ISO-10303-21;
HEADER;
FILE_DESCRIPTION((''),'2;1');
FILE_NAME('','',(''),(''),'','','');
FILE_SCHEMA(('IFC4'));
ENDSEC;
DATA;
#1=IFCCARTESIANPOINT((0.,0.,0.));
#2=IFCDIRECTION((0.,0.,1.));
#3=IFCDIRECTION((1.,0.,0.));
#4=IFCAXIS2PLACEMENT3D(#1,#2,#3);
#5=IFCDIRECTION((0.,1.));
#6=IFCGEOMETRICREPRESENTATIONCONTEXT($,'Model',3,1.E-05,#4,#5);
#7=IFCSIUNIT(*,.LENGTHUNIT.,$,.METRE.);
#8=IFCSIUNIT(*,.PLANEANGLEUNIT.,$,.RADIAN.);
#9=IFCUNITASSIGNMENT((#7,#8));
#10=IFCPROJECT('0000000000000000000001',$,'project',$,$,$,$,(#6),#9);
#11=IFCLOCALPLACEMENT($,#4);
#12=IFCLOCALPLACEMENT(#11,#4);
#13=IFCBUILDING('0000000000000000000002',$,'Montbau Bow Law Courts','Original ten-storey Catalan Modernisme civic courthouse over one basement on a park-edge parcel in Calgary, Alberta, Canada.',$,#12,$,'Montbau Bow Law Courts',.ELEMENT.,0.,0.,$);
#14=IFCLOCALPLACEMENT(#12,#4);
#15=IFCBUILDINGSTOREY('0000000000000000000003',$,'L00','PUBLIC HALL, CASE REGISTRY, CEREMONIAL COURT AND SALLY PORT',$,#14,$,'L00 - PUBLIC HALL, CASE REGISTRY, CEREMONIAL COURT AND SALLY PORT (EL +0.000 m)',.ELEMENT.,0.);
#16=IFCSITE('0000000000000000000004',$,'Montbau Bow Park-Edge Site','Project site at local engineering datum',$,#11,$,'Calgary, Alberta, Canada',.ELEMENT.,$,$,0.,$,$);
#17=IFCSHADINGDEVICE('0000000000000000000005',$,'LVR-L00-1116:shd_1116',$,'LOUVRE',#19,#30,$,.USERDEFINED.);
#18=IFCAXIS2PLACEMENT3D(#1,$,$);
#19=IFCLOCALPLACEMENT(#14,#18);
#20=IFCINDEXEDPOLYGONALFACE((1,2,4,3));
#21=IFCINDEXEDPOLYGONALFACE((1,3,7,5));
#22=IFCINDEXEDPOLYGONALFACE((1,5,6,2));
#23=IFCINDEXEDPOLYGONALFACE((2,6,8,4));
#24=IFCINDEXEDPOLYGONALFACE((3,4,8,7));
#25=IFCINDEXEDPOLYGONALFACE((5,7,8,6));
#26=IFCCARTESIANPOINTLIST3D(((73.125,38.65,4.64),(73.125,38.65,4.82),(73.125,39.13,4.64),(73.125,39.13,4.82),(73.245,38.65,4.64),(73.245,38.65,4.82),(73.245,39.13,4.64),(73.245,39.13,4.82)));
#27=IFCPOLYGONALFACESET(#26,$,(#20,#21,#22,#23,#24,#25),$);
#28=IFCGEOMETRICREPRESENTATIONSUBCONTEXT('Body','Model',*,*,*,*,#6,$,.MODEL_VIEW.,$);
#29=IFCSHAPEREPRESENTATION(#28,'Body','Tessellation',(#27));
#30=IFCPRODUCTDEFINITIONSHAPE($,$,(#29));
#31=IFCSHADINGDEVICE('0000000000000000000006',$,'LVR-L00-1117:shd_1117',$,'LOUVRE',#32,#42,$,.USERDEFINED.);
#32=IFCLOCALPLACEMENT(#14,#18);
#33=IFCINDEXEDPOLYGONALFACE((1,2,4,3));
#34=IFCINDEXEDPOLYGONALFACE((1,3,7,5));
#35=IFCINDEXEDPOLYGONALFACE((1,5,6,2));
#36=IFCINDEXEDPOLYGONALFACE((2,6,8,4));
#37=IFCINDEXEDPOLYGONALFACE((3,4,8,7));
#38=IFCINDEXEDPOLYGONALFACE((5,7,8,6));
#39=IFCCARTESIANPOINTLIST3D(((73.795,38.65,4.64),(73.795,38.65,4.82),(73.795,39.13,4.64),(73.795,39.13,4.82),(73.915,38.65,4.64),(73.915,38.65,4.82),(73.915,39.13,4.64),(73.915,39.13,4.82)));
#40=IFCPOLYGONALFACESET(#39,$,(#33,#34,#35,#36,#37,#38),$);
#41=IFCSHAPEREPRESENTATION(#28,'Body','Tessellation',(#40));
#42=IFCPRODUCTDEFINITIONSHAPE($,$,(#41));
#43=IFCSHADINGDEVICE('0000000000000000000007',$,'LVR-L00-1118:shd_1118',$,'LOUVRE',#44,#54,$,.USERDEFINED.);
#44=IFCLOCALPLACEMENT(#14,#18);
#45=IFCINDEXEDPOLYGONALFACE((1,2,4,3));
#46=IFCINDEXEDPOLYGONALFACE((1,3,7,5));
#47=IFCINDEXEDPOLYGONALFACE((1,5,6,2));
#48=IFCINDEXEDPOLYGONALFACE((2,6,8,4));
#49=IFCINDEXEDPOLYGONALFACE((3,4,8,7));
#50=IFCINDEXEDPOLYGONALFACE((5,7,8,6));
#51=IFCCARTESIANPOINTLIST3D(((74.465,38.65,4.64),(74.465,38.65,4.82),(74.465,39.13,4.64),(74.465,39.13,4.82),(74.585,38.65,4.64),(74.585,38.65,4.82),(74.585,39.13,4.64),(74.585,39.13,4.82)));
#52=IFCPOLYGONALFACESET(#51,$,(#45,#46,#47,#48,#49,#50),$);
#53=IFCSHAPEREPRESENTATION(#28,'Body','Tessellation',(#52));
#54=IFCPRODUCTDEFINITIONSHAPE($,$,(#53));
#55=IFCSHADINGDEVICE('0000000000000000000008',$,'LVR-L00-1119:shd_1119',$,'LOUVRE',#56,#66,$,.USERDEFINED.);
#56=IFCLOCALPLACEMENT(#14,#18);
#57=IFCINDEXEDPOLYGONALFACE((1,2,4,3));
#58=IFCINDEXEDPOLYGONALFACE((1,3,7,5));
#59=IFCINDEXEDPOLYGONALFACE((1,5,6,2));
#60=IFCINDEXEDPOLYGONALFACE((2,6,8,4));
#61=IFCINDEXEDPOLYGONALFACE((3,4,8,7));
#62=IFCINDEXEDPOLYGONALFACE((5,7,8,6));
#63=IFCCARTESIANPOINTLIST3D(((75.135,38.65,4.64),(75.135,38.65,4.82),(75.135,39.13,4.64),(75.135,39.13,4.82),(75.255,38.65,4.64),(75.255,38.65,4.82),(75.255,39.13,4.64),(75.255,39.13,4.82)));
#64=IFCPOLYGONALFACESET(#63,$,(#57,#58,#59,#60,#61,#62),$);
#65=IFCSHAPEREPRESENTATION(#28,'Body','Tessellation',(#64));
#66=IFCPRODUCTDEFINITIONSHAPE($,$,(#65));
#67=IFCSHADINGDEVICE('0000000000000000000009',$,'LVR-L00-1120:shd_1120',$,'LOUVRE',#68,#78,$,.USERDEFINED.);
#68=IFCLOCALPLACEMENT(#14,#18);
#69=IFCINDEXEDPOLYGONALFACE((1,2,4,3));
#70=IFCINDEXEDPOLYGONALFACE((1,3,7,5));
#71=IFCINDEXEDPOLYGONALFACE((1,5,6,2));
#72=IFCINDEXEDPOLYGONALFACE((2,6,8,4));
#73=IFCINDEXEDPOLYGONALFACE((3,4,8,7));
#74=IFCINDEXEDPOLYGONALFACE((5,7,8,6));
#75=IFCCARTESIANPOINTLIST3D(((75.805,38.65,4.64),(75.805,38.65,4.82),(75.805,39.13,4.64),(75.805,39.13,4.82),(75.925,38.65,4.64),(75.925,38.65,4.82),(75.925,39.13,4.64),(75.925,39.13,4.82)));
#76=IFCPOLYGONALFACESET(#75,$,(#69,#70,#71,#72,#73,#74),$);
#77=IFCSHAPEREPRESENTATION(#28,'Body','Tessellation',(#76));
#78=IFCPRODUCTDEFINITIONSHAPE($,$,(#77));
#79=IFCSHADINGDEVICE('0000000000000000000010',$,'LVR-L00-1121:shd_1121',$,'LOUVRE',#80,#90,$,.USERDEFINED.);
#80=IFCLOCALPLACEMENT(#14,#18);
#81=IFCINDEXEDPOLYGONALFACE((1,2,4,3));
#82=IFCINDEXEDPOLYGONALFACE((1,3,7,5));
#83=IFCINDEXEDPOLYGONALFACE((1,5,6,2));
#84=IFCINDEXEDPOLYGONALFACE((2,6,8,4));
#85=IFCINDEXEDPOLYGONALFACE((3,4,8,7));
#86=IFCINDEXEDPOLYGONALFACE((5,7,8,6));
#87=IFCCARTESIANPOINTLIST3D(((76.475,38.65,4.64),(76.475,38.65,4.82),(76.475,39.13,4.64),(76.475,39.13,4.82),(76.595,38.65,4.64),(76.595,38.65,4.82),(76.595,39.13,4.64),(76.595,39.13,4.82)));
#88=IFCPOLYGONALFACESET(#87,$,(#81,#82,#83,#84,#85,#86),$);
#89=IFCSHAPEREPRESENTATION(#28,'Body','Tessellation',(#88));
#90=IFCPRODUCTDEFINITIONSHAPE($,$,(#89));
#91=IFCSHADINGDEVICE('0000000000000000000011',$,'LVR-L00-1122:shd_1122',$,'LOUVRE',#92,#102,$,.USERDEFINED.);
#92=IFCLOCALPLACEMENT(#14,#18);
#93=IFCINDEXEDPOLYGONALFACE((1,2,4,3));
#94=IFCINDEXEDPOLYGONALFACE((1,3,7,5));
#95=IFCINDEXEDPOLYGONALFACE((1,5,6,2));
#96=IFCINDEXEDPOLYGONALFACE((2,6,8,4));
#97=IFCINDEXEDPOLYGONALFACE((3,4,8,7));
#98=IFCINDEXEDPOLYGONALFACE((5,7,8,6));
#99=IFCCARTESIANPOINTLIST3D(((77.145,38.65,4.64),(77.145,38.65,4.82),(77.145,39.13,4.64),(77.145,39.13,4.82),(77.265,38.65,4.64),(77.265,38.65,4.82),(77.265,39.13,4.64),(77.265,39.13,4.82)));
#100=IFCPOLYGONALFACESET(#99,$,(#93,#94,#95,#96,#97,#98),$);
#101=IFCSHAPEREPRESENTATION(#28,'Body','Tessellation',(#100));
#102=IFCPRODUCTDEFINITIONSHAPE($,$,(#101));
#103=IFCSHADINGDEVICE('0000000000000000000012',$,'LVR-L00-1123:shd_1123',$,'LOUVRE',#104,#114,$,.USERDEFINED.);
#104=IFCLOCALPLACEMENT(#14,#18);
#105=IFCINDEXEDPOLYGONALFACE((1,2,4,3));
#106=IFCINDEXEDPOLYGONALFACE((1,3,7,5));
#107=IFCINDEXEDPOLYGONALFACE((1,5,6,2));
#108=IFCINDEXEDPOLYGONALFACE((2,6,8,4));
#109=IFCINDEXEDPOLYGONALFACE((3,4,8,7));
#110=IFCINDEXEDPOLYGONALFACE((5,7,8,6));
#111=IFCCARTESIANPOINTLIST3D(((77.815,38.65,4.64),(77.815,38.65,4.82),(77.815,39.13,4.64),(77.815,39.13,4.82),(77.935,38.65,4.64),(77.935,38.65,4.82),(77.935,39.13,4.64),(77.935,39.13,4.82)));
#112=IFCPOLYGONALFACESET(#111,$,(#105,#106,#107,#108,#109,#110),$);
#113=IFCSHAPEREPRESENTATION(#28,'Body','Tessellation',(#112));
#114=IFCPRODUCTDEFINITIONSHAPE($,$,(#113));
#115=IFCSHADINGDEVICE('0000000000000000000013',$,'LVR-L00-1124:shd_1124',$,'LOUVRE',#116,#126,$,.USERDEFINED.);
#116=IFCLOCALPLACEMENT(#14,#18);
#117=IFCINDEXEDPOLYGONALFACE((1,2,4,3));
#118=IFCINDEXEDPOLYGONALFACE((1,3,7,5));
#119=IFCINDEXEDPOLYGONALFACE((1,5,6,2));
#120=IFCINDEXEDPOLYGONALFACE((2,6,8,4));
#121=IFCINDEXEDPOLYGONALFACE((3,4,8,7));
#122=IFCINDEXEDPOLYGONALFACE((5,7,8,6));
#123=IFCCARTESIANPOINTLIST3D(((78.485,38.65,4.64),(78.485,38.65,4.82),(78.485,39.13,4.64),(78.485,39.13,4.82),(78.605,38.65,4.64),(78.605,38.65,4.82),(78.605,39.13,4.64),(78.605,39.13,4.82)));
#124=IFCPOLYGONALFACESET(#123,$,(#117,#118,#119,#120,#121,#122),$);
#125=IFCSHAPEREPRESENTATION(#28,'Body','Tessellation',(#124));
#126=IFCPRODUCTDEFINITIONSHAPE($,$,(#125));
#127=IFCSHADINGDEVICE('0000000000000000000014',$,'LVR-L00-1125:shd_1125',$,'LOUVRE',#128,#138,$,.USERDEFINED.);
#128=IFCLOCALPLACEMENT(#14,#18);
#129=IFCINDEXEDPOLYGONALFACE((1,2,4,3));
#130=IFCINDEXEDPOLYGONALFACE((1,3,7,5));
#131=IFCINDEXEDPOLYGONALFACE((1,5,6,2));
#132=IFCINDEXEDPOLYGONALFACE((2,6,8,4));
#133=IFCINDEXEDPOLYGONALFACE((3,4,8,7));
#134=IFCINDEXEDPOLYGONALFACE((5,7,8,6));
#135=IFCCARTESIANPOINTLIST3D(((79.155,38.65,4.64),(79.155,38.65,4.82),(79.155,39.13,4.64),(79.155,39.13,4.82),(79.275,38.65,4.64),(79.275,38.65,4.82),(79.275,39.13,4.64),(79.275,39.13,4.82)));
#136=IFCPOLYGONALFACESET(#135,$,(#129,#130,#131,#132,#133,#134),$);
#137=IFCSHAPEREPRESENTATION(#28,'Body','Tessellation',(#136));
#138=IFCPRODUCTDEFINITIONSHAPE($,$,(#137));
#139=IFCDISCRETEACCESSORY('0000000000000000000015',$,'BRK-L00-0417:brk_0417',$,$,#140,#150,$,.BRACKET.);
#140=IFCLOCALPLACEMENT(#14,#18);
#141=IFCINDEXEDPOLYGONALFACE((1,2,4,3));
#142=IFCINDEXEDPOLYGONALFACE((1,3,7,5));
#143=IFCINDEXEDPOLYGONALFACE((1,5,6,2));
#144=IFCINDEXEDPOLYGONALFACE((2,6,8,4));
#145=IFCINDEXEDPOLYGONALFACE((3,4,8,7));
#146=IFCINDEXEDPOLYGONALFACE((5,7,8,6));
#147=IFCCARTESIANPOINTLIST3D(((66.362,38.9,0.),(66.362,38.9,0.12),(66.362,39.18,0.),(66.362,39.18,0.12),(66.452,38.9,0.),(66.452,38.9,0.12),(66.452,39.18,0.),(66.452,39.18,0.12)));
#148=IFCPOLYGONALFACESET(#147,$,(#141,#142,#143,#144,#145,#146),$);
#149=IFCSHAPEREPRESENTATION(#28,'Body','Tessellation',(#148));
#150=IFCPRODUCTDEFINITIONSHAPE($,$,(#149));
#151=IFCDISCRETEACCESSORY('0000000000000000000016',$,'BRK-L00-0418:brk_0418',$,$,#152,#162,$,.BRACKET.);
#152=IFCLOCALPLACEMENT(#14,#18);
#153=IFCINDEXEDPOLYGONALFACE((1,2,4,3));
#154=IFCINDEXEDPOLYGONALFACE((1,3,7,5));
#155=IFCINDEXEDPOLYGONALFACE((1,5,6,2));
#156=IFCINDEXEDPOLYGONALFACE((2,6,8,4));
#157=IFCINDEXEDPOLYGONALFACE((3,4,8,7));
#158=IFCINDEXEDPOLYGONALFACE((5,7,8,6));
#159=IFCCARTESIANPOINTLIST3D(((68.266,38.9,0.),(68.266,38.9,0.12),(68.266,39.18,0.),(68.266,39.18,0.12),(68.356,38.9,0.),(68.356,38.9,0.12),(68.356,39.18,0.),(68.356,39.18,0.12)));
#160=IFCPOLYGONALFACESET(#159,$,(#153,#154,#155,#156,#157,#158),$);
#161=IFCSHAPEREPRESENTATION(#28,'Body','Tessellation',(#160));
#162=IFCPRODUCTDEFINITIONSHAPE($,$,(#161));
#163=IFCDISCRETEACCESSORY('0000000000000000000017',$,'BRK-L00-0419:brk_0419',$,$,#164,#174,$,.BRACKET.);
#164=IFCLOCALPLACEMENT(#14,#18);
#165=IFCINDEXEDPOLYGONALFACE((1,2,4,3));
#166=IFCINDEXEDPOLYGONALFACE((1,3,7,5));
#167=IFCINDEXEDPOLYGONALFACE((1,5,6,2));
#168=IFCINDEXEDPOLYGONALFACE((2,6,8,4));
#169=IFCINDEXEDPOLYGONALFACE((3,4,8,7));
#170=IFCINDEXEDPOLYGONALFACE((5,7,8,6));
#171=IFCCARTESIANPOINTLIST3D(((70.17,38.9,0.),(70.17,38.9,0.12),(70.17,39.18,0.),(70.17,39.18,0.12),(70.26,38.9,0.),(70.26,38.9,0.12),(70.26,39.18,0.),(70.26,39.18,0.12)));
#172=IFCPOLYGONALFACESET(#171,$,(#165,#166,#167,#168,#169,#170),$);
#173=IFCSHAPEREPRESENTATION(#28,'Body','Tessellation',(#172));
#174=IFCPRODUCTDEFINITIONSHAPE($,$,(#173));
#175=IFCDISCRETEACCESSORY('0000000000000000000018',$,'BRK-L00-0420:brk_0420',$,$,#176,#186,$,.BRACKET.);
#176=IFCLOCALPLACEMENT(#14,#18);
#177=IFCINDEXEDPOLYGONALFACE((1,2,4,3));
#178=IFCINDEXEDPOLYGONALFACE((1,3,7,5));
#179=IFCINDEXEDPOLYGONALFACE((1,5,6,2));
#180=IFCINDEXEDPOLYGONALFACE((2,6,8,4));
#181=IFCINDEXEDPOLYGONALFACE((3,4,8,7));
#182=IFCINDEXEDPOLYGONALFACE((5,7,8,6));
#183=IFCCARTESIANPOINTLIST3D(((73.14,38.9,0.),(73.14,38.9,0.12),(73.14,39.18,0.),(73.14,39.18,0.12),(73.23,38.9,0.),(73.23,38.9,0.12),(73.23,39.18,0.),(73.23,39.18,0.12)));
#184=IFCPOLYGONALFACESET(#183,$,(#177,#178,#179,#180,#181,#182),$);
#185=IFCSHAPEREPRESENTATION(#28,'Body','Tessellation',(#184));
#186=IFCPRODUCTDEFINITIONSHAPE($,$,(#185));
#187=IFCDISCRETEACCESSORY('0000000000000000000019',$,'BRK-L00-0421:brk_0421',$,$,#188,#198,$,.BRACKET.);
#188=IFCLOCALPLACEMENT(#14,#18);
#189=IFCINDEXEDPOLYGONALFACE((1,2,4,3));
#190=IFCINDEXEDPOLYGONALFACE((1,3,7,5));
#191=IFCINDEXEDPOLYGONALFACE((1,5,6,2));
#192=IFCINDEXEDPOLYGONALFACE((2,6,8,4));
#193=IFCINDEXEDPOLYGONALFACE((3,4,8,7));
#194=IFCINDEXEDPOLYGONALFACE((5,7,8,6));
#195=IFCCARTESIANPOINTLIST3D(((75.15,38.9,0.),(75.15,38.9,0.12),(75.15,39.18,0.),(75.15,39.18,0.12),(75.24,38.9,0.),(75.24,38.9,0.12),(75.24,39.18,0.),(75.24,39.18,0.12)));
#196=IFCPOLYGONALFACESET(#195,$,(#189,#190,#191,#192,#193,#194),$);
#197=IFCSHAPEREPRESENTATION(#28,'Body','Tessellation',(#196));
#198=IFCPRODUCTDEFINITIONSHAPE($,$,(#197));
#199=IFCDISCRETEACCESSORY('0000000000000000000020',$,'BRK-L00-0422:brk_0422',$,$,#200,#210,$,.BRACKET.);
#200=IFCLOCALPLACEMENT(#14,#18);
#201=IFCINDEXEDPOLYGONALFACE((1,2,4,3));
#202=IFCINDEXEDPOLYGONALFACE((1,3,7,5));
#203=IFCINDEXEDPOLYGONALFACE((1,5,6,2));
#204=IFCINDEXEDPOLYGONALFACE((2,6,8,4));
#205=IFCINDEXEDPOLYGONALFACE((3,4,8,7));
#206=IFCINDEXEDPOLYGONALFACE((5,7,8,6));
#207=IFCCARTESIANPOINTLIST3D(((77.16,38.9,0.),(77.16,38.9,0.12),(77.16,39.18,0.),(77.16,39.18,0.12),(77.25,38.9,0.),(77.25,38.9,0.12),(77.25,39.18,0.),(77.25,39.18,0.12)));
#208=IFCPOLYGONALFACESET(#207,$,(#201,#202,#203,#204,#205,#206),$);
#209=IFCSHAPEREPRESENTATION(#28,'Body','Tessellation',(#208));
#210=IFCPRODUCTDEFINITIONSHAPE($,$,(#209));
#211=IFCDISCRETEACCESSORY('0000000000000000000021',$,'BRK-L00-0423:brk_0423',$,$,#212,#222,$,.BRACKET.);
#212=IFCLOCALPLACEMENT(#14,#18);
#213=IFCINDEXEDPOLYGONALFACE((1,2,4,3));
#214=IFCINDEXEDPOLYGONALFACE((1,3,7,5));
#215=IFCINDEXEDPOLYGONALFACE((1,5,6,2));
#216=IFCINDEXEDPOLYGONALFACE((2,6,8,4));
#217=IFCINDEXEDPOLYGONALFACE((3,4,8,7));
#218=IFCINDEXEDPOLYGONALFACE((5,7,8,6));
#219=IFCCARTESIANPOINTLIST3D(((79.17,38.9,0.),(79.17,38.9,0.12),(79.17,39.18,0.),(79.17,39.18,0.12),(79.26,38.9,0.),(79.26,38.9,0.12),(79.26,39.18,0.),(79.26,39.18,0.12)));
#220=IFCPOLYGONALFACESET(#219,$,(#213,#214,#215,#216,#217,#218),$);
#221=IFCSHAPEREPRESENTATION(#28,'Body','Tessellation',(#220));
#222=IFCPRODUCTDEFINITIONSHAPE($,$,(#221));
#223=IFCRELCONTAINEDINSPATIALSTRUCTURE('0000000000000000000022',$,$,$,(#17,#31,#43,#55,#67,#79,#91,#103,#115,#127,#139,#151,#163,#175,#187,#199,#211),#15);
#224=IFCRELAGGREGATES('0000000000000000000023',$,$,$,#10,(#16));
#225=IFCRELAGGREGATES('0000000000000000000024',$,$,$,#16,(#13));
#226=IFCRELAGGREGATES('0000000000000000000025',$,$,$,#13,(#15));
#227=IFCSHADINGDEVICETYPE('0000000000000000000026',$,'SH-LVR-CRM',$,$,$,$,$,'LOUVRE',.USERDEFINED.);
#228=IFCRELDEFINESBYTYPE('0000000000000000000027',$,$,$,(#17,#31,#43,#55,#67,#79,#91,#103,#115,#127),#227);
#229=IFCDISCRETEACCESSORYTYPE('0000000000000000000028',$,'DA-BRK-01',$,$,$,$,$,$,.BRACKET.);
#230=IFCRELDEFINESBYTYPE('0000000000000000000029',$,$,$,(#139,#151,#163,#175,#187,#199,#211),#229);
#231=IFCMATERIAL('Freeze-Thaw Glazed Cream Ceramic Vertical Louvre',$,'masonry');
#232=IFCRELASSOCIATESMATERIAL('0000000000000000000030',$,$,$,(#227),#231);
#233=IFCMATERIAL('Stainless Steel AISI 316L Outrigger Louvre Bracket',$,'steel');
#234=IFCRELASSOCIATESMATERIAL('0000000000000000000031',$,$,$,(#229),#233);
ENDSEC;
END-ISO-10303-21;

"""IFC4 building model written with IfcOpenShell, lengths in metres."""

from ifc_helpers import new_model, si_unit, direction, frame, origin_with_axes, origin_2d_with_axis, place, context, subcontext, project, spatial, rectangle, extrude, material, type_object, element, save


model = new_model("IFC4")

# Units and contexts
model_context = context("Model", 3, precision=1e-05, world=origin_with_axes(), true_north=direction((0.0, 1.0)))
body_context = subcontext(model_context, "Body", "Model", "MODEL_VIEW")
ifc_project = project(units=[si_unit("LENGTHUNIT", "METRE"), si_unit("PLANEANGLEUNIT", "RADIAN")], contexts=[model_context])

# Site, building, storey
site_placement = place(None, origin_with_axes())
site = spatial("IfcSite", under=ifc_project, at=site_placement, Name="Montbau Bow Park-Edge Site", Description="Project site at local engineering datum", LongName="Calgary, Alberta, Canada", CompositionType="ELEMENT", RefElevation=0.0)
building_placement = place(site_placement, origin_with_axes())
building = spatial("IfcBuilding", under=site, at=building_placement, Name="Montbau Bow Law Courts", Description="Original ten-storey Catalan Modernisme civic courthouse over one basement on a park-edge parcel in Calgary, Alberta, Canada.", LongName="Montbau Bow Law Courts", CompositionType="ELEMENT", ElevationOfRefHeight=0.0, ElevationOfTerrain=0.0)
storey_placement = place(building_placement, origin_with_axes())
storey = spatial("IfcBuildingStorey", under=building, at=storey_placement, Name="L00", Description="PUBLIC HALL, CASE REGISTRY, CEREMONIAL COURT AND SALLY PORT", LongName="L00 - PUBLIC HALL, CASE REGISTRY, CEREMONIAL COURT AND SALLY PORT (EL +0.000 m)", CompositionType="ELEMENT", Elevation=0.0)

# Shading devices
ifc_material_1 = material(Name="Freeze-Thaw Glazed Cream Ceramic Vertical Louvre", Category="masonry")
shading_device_type = type_object("IfcShadingDeviceType", Name="SH-LVR-CRM", ElementType="LOUVRE", PredefinedType="USERDEFINED", material=ifc_material_1)
for number, where, z_axis, x_axis, name in (
    (1, (73.185, 38.89, 4.64), (0.0, 0.0, 1.0), (0.0, -1.0, 0.0), "LVR-L00-1116:shd_1116"),
    (2, (73.855, 38.89, 4.64), (0.0, 0.0, 1.0), (0.0, -1.0, 0.0), "LVR-L00-1117:shd_1117"),
    (3, (74.525, 38.89, 4.64), (0.0, 0.0, 1.0), (0.0, -1.0, 0.0), "LVR-L00-1118:shd_1118"),
    (4, (75.195, 38.89, 4.64), (0.0, 0.0, 1.0), (0.0, -1.0, 0.0), "LVR-L00-1119:shd_1119"),
    (5, (75.865, 38.89, 4.64), (0.0, 0.0, 1.0), (0.0, -1.0, 0.0), "LVR-L00-1120:shd_1120"),
    (6, (76.535, 38.89, 4.64), (0.0, 0.0, 1.0), (0.0, -1.0, 0.0), "LVR-L00-1121:shd_1121"),
    (7, (77.205, 38.89, 4.64), (0.0, 0.0, 1.0), (0.0, -1.0, 0.0), "LVR-L00-1122:shd_1122"),
    (8, (77.875, 38.89, 4.64), (0.0, 0.0, 1.0), (0.0, -1.0, 0.0), "LVR-L00-1123:shd_1123"),
    (9, (78.545, 38.89, 4.64), (0.0, 0.0, 1.0), (0.0, -1.0, 0.0), "LVR-L00-1124:shd_1124"),
    (10, (79.215, 38.89, 4.64), (0.0, 0.0, 1.0), (0.0, -1.0, 0.0), "LVR-L00-1125:shd_1125"),
):
    element("IfcShadingDevice", number, at=place(None, frame(where, z_axis=z_axis, x_axis=x_axis)), inside=storey, type_object=shading_device_type, Name=name, ObjectType="LOUVRE", PredefinedType="USERDEFINED", context=body_context, shape_type="SweptSolid", body=[
        extrude(rectangle(XDim=0.48, YDim=0.12, at=origin_2d_with_axis()), origin_with_axes(), (0.0, 0.0, 1.0), 0.18),
    ])

# Discrete accessories
ifc_material_2 = material(Name="Stainless Steel AISI 316L Outrigger Louvre Bracket", Category="steel")
discrete_accessory_type = type_object("IfcDiscreteAccessoryType", Name="DA-BRK-01", PredefinedType="BRACKET", material=ifc_material_2)
for number, where, z_axis, x_axis, name in (
    (11, (66.407, 39.04, 0.0), (0.0, 0.0, 1.0), (0.0, -1.0, 0.0), "BRK-L00-0417:brk_0417"),
    (12, (68.311, 39.04, 0.0), (0.0, 0.0, 1.0), (0.0, -1.0, 0.0), "BRK-L00-0418:brk_0418"),
    (13, (70.215, 39.04, 0.0), (0.0, 0.0, 1.0), (0.0, -1.0, 0.0), "BRK-L00-0419:brk_0419"),
    (14, (73.185, 39.04, 0.0), (0.0, 0.0, 1.0), (0.0, -1.0, 0.0), "BRK-L00-0420:brk_0420"),
    (15, (75.195, 39.04, 0.0), (0.0, 0.0, 1.0), (0.0, -1.0, 0.0), "BRK-L00-0421:brk_0421"),
    (16, (77.205, 39.04, 0.0), (0.0, 0.0, 1.0), (0.0, -1.0, 0.0), "BRK-L00-0422:brk_0422"),
    (17, (79.215, 39.04, 0.0), (0.0, 0.0, 1.0), (0.0, -1.0, 0.0), "BRK-L00-0423:brk_0423"),
):
    element("IfcDiscreteAccessory", number, at=place(None, frame(where, z_axis=z_axis, x_axis=x_axis)), inside=storey, type_object=discrete_accessory_type, Name=name, PredefinedType="BRACKET", context=body_context, shape_type="SweptSolid", body=[
        extrude(rectangle(XDim=0.28, YDim=0.09, at=origin_2d_with_axis()), origin_with_axes(), (0.0, 0.0, 1.0), 0.12),
    ])

save(model, "model.ifc")
